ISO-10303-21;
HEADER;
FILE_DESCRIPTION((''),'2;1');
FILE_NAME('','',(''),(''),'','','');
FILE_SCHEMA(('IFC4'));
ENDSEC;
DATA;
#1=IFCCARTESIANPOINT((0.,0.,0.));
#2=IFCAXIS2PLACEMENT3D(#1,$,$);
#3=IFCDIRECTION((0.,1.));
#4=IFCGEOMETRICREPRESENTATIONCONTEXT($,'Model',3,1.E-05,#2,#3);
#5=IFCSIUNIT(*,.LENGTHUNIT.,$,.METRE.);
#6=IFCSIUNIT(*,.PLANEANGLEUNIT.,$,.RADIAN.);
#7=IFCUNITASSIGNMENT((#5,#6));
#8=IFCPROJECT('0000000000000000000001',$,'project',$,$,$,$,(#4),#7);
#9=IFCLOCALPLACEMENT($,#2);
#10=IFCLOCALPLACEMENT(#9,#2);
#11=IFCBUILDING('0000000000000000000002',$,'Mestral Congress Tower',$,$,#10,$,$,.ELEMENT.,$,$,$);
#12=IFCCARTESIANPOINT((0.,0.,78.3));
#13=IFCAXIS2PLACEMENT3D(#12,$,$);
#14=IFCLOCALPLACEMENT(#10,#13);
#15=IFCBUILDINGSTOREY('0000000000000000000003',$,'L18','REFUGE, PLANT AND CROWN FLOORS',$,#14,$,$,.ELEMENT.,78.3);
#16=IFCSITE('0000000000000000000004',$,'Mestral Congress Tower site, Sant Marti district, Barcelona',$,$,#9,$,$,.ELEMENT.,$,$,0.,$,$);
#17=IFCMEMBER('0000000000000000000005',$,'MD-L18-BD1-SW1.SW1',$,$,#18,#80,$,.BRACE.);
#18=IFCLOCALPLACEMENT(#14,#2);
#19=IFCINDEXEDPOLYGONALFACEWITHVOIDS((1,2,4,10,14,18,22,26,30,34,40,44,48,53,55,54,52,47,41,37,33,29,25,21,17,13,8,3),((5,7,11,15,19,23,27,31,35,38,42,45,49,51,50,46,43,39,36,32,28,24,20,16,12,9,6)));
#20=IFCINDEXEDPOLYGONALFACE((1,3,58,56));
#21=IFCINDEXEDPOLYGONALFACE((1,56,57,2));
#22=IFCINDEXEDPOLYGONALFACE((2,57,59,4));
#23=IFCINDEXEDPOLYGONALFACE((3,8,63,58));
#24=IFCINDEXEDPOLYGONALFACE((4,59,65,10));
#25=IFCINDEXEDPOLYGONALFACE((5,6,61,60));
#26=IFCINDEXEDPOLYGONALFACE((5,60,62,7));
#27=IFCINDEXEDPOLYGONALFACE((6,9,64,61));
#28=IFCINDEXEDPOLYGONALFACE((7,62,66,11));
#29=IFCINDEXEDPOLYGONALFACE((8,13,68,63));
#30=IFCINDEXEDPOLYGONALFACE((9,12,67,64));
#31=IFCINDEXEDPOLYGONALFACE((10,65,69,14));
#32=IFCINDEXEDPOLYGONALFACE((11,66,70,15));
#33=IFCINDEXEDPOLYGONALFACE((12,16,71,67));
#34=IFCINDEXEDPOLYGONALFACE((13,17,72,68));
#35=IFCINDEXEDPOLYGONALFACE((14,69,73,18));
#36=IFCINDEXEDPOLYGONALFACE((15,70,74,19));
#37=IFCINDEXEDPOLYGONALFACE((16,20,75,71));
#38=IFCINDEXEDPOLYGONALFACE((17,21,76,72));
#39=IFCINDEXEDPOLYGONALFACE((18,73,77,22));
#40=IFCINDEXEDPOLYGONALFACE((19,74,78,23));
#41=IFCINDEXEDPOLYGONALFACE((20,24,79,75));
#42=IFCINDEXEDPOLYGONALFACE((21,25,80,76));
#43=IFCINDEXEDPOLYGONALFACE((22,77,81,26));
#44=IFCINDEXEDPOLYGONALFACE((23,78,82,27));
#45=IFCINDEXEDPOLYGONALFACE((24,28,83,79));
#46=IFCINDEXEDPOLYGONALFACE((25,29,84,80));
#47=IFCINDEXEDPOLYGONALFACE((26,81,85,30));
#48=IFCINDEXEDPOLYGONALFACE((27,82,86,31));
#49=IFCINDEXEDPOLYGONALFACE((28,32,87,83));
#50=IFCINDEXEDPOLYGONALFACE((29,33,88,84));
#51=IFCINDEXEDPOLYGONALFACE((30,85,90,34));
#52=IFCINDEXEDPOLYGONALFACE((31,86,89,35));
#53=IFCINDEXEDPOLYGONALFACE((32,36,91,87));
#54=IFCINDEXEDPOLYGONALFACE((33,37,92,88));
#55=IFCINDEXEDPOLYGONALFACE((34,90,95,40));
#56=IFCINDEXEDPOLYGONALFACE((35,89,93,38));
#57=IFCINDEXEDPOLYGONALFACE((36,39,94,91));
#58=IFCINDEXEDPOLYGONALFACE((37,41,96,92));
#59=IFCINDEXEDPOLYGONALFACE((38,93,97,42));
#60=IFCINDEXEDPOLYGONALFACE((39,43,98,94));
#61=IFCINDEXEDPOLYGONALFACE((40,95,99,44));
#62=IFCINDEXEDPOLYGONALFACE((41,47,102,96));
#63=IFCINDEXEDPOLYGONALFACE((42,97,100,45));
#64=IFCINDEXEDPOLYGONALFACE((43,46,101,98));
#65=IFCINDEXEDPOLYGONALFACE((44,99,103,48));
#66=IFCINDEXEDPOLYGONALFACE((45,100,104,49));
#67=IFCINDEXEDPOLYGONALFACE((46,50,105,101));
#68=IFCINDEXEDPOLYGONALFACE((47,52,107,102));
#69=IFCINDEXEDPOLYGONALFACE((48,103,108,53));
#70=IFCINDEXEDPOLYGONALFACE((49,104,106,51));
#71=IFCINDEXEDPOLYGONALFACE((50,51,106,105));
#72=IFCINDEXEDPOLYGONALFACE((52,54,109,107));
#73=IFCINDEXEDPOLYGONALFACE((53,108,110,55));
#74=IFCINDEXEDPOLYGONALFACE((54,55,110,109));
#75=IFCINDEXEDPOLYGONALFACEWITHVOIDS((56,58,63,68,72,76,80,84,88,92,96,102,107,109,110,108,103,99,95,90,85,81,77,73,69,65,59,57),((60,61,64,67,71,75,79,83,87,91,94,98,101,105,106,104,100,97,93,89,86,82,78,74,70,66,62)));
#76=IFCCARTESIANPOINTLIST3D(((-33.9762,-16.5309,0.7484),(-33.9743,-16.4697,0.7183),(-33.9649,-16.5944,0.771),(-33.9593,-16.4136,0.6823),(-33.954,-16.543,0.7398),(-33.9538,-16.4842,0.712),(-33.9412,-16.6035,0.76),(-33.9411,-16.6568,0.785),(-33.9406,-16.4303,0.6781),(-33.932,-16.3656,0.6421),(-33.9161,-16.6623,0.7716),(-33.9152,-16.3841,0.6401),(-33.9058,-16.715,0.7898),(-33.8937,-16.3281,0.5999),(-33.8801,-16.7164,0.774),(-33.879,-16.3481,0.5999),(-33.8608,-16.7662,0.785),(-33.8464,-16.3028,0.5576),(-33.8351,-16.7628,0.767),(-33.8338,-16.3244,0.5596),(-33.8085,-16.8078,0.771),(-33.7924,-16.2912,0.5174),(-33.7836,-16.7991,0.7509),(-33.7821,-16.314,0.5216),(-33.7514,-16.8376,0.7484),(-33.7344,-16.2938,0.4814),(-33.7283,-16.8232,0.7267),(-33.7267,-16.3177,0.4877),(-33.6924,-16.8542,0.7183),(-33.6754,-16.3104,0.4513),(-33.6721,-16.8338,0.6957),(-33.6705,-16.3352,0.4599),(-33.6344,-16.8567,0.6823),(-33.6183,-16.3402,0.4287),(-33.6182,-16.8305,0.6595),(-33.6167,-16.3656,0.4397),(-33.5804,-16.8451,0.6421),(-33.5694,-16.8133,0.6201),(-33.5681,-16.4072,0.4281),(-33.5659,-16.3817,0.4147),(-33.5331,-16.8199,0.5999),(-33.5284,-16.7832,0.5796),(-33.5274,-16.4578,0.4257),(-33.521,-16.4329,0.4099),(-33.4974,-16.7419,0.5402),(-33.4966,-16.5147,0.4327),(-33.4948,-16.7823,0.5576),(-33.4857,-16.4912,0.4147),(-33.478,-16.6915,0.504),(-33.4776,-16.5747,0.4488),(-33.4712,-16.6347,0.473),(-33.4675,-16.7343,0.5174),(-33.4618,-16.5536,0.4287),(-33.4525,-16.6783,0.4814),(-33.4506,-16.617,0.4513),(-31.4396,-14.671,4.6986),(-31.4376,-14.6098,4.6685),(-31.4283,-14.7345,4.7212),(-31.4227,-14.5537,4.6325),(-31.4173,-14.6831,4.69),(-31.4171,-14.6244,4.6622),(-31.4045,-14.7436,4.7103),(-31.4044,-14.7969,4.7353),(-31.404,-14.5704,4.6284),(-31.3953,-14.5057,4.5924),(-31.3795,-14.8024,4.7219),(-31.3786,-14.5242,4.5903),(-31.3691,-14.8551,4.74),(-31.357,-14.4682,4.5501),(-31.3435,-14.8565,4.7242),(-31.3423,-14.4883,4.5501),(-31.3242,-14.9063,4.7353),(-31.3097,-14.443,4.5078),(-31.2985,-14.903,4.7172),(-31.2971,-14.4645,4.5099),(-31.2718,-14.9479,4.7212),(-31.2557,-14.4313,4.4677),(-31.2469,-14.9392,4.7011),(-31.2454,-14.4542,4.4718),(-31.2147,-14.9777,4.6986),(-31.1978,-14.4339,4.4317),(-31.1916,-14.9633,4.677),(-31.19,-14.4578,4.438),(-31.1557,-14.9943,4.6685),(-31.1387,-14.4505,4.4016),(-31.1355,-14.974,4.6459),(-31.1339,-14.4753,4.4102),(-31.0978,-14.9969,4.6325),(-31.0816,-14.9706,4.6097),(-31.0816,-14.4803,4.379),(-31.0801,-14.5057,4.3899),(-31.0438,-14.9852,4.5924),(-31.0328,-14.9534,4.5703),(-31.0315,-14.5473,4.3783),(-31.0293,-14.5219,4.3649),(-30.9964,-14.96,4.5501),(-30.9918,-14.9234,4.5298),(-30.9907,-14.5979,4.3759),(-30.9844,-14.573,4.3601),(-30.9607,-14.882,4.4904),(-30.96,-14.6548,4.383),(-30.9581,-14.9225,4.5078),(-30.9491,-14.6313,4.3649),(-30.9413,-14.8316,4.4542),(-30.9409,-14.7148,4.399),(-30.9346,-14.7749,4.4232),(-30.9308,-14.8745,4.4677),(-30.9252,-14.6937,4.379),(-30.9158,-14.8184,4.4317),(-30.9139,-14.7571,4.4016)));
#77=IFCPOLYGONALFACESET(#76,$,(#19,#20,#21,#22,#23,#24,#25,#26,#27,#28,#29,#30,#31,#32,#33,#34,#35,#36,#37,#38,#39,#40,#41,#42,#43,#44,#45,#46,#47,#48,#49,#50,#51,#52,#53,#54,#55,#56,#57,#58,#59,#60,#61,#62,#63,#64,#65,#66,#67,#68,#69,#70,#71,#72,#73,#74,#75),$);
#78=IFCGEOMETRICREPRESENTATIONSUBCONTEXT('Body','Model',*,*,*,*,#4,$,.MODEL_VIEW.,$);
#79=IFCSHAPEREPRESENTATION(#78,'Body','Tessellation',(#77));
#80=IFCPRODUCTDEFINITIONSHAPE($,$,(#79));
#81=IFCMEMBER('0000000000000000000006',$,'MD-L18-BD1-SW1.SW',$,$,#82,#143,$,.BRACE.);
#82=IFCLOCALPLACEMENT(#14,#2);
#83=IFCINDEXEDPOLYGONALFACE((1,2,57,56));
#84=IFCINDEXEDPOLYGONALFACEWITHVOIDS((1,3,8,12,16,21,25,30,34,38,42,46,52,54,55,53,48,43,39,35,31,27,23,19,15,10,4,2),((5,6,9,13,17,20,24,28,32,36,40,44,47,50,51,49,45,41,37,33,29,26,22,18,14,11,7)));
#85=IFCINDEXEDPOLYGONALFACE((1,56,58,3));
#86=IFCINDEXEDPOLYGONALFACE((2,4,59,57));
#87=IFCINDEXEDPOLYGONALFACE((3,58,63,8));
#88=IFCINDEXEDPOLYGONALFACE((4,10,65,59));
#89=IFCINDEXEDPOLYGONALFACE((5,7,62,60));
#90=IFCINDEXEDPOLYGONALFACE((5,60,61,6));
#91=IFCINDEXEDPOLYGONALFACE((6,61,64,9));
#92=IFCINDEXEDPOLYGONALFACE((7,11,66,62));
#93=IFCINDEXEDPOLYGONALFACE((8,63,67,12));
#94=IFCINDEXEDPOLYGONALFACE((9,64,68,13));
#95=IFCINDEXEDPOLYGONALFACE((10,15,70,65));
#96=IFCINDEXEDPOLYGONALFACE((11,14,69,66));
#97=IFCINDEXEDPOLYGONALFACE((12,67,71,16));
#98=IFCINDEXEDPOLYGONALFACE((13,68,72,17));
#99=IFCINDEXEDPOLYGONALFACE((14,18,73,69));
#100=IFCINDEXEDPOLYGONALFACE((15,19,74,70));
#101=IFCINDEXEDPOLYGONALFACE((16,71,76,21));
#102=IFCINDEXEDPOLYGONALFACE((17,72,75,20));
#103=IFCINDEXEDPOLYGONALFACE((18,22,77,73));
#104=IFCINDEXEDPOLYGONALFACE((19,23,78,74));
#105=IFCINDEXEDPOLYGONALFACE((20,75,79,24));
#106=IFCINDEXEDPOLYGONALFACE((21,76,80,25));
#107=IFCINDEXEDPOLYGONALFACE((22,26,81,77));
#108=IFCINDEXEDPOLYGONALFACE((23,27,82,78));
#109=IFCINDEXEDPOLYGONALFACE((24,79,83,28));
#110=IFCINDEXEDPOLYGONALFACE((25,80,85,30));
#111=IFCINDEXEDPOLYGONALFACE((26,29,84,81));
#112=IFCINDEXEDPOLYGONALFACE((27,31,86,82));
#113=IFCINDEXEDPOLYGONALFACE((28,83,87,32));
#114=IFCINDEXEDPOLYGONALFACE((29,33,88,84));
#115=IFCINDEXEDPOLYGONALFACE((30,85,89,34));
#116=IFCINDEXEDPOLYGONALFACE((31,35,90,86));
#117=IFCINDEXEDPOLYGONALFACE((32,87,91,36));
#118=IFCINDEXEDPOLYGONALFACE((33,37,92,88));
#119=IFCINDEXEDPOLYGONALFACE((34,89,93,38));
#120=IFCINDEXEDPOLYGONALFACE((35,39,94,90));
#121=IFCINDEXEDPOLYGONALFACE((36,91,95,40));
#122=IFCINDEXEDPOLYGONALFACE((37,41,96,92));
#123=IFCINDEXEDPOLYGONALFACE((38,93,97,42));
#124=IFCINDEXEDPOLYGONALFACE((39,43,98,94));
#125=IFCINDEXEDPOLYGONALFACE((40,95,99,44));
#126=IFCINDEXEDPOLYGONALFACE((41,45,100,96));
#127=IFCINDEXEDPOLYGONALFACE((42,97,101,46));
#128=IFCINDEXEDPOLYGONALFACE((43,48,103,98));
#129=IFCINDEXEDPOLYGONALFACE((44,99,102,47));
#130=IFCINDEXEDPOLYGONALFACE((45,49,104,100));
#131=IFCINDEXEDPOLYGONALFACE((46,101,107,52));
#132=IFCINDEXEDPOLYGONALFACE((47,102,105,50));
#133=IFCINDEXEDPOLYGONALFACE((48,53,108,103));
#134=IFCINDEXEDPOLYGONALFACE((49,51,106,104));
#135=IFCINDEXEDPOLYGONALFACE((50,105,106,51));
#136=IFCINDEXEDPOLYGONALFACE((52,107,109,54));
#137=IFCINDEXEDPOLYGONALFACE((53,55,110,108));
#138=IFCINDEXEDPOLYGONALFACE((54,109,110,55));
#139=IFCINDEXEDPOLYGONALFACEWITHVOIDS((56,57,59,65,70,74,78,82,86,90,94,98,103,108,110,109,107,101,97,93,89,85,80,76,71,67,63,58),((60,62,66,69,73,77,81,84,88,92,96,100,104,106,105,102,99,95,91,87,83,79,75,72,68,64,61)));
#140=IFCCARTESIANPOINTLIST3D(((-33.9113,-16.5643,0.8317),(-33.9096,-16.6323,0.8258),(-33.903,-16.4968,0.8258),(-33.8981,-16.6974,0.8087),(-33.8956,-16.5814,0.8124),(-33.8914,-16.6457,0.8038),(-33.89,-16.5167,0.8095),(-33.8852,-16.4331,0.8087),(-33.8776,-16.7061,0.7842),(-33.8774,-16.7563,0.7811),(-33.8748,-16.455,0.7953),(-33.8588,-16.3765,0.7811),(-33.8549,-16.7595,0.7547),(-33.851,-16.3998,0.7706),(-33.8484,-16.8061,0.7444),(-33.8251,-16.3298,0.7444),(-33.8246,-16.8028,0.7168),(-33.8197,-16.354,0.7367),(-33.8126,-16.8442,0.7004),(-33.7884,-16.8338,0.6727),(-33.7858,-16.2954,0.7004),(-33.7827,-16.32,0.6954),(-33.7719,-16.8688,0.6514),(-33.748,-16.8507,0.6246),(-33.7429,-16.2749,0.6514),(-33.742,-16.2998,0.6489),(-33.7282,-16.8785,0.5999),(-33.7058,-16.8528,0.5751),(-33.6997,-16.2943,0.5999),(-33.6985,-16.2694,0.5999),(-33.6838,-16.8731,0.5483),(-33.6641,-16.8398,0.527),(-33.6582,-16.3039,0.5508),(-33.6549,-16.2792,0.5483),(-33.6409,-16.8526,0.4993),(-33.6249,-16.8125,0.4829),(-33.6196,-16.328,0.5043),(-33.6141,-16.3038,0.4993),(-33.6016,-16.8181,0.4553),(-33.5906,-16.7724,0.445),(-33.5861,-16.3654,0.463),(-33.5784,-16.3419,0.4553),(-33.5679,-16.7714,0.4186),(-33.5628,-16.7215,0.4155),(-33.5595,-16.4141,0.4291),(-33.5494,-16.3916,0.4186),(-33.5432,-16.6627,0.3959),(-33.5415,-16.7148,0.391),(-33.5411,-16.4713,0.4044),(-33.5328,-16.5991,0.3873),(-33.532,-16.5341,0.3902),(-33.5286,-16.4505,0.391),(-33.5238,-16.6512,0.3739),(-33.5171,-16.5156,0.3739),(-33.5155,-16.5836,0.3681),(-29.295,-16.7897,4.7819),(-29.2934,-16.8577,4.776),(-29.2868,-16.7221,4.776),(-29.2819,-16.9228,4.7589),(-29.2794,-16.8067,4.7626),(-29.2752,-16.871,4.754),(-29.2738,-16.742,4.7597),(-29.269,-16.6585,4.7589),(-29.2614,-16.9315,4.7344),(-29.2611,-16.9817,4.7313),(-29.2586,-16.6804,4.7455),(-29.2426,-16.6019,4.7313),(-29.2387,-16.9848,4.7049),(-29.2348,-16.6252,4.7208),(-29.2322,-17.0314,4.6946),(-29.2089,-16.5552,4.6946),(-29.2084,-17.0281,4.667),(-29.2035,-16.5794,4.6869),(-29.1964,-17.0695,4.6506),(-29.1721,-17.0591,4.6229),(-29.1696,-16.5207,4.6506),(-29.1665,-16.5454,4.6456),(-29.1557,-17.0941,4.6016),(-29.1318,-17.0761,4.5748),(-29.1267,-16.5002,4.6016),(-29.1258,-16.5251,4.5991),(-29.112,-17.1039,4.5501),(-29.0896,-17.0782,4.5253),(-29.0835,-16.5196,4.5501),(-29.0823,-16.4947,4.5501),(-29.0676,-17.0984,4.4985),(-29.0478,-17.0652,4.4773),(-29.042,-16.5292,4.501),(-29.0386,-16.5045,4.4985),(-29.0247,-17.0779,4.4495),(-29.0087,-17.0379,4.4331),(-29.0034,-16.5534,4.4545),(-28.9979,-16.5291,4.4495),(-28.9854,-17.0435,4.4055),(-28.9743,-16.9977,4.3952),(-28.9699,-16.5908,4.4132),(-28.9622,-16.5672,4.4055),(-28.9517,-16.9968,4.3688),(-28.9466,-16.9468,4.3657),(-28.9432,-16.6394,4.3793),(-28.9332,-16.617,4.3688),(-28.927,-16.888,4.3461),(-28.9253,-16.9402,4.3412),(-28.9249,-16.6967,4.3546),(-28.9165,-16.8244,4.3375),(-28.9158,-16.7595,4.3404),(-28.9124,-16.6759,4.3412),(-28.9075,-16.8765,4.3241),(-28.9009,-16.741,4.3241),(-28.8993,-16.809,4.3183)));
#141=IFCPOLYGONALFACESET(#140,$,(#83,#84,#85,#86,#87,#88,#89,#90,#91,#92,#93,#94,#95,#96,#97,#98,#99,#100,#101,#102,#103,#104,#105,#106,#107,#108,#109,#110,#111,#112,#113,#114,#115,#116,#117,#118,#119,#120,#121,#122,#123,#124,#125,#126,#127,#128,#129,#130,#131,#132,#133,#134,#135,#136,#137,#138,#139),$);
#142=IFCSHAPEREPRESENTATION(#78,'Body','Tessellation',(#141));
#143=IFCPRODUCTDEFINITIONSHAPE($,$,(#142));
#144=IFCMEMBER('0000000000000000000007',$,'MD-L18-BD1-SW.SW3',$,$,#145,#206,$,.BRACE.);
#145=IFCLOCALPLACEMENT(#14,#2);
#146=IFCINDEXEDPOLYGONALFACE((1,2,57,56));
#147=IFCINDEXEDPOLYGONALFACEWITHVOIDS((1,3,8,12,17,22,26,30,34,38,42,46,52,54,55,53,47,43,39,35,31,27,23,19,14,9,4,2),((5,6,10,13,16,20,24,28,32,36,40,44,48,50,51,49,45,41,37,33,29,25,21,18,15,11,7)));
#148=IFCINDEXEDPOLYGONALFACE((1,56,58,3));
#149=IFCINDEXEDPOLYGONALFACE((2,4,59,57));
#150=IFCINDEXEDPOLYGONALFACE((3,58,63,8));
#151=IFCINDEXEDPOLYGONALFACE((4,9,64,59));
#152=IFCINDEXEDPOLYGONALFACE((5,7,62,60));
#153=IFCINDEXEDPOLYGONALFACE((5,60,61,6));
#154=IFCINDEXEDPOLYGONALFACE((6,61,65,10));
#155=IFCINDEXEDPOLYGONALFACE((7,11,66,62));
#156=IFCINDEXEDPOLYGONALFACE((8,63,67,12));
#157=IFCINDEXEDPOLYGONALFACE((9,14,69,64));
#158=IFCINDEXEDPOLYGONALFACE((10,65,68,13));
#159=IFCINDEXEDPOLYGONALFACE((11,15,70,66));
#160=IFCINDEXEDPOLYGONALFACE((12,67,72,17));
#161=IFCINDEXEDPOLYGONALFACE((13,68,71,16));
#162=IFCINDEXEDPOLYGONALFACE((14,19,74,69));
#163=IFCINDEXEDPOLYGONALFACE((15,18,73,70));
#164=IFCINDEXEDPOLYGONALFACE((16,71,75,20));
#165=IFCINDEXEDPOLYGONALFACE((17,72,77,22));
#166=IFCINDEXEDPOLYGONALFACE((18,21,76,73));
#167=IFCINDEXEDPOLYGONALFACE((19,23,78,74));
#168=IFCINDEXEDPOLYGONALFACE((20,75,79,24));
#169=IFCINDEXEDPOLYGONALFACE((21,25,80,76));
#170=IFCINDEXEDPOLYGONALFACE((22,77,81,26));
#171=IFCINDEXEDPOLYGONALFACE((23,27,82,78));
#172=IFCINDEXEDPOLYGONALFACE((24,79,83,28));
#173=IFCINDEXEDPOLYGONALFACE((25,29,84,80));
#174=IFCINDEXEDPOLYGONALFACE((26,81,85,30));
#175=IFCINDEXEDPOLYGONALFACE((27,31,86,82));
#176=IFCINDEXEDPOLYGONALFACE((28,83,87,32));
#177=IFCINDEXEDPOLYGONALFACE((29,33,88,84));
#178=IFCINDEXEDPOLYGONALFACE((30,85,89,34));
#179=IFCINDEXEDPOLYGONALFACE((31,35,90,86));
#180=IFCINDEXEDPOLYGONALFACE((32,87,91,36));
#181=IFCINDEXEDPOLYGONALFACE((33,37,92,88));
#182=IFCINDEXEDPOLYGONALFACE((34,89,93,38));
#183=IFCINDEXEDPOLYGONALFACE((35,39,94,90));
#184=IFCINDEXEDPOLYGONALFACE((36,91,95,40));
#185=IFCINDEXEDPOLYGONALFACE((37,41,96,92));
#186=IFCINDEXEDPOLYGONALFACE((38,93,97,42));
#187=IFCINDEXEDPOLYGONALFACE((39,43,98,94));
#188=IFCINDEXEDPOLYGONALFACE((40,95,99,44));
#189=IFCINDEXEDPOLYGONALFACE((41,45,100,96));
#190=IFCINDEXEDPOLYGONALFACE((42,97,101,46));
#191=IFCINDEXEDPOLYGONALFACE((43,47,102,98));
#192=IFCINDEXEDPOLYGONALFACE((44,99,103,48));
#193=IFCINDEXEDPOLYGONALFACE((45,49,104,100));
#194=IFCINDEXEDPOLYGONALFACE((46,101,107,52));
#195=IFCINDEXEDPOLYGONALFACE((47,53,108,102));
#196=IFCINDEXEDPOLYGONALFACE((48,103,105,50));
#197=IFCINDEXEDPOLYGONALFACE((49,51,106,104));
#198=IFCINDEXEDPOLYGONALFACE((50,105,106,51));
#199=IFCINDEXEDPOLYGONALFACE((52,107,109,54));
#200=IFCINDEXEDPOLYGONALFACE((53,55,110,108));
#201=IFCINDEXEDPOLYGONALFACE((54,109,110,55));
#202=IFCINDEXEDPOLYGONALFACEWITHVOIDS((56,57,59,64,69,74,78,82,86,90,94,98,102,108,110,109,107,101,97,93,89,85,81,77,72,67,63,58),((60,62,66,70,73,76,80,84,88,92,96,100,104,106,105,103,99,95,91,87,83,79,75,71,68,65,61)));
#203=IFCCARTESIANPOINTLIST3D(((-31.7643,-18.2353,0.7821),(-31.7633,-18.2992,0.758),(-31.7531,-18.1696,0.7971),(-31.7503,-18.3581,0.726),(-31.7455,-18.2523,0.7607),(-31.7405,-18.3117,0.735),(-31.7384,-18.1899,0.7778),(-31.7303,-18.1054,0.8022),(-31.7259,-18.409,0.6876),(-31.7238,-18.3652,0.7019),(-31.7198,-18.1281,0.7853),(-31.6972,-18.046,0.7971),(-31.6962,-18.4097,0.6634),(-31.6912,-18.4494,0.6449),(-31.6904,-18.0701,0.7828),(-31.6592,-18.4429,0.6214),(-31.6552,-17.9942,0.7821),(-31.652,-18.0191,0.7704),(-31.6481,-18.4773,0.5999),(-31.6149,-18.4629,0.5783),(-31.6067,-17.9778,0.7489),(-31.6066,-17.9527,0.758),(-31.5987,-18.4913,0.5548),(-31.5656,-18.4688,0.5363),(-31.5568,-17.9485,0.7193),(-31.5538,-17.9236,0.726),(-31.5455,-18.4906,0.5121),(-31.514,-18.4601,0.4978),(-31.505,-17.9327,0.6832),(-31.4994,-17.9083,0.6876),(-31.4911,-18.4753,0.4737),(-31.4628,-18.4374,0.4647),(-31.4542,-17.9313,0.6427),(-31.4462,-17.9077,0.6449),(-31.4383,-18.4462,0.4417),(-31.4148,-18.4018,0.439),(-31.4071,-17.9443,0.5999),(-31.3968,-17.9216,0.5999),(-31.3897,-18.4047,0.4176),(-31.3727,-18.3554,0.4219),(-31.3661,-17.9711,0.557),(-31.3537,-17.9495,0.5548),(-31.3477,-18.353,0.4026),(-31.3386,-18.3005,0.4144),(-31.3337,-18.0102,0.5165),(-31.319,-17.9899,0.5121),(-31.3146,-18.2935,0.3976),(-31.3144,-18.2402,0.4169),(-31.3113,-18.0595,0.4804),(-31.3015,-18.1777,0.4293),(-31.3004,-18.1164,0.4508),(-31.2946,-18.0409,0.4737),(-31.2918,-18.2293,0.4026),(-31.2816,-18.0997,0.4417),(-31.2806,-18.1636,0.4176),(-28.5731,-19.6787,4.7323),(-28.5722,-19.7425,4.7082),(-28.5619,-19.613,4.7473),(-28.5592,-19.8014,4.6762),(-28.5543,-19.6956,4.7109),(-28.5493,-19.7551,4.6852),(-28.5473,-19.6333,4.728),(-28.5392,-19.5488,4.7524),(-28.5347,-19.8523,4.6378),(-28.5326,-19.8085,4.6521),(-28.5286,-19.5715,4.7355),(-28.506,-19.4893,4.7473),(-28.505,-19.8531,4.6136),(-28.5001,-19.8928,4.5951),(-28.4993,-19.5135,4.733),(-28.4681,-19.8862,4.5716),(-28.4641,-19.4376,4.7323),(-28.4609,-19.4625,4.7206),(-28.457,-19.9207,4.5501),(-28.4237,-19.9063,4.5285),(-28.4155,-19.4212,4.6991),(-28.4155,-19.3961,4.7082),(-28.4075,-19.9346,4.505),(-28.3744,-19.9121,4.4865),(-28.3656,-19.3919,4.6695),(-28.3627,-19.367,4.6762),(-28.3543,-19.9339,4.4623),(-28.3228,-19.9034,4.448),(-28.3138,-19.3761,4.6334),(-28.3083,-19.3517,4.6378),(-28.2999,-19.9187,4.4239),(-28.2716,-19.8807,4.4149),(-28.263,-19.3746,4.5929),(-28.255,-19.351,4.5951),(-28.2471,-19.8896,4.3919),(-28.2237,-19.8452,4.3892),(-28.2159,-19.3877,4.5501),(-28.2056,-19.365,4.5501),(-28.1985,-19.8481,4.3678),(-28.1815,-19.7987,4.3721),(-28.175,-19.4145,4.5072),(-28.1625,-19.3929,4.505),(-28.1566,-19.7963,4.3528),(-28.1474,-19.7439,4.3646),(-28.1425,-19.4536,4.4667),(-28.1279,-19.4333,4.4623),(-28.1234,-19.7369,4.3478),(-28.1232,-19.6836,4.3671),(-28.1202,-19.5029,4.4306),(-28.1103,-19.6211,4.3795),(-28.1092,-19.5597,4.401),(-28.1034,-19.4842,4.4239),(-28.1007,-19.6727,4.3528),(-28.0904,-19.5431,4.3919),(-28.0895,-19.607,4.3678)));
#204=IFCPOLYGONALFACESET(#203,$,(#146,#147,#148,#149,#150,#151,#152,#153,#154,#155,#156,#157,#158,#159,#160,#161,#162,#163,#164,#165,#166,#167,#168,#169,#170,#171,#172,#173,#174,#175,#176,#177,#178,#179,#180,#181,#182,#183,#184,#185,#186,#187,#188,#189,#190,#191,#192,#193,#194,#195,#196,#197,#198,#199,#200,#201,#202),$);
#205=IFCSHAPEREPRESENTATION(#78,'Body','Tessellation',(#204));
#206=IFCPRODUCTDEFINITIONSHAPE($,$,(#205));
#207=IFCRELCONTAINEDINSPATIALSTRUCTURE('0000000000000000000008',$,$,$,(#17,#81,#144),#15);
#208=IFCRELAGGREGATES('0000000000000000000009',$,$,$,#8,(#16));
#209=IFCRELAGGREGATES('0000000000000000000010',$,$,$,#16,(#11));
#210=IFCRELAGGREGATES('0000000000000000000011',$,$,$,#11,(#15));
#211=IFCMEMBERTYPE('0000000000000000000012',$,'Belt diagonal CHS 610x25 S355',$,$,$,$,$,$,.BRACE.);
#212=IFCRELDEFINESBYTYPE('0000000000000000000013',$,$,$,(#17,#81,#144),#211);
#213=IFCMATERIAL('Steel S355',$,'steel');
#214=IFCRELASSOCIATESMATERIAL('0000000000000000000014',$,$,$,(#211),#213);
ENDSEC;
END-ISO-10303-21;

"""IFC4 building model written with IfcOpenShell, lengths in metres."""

from ifc_helpers import new_model, si_unit, direction, frame, origin, origin_2d, place, context, subcontext, project, spatial, hollow_circle, extrude, material, material_profile, profile_set, type_object, element, save


model = new_model("IFC4")

# Units and contexts
model_context = context("Model", 3, precision=1e-05, world=origin(), true_north=direction((0.0, 1.0)))
body_context = subcontext(model_context, "Body", "Model", "MODEL_VIEW")
ifc_project = project(units=[si_unit("LENGTHUNIT", "METRE"), si_unit("PLANEANGLEUNIT", "RADIAN")], contexts=[model_context])

# Site, building, storey
site_placement = place(None, origin())
site = spatial("IfcSite", under=ifc_project, at=site_placement, Name="Mestral Congress Tower site, Sant Marti district, Barcelona", CompositionType="ELEMENT", RefElevation=0.0)
building_placement = place(site_placement, origin())
building = spatial("IfcBuilding", under=site, at=building_placement, Name="Mestral Congress Tower", CompositionType="ELEMENT")
storey_placement = place(building_placement, frame((0.0, 0.0, 78.3)))
storey = spatial("IfcBuildingStorey", under=building, at=storey_placement, Name="L18", Description="REFUGE, PLANT AND CROWN FLOORS", CompositionType="ELEMENT", Elevation=78.3)

# Members
ifc_material_1 = material(Name="Steel S355", Category="steel")
ifc_material_profile_1 = material_profile(ifc_material_1, hollow_circle(Radius=0.3049, WallThickness=0.0249, at=origin_2d()), Name="CHS 610x25")
ifc_profile_set_1 = profile_set([ifc_material_profile_1], Name="Steel S355")
member_type_1 = type_object("IfcMemberType", Name="Belt diagonal CHS 610x25 S355", PredefinedType="BRACE", material=ifc_profile_set_1)
member_1_placement = place(storey_placement, frame((-33.7134, -16.574, 0.5999), z_axis=(0.50235, 0.368325, 0.782292), x_axis=(-0.591296, 0.806454, 0.0)))
element("IfcMember", 1, at=member_1_placement, inside=storey, type_object=member_type_1, Name="MD-L18-BD1-SW1.SW1", PredefinedType="BRACE", context=body_context, shape_type="SweptSolid", body=[
    extrude(hollow_circle(Radius=0.3049, WallThickness=0.0249, at=origin_2d()), origin(), (0.0, 0.0, 1.0), 5.0496),
])
member_2_placement = place(storey_placement, frame((-33.7134, -16.574, 0.5999), z_axis=(0.759268, -0.037064, 0.649722), x_axis=(0.048757, 0.998811, 0.0)))
element("IfcMember", 2, at=member_2_placement, inside=storey, type_object=member_type_1, Name="MD-L18-BD1-SW1.SW", PredefinedType="BRACE", context=body_context, shape_type="SweptSolid", body=[
    extrude(hollow_circle(Radius=0.3049, WallThickness=0.0249, at=origin_2d()), origin(), (0.0, 0.0, 1.0), 6.0798),
])
member_3_placement = place(storey_placement, frame((-31.5225, -18.1995, 0.5999), z_axis=(0.604469, -0.273401, 0.748244), x_axis=(0.412106, 0.911136, 0.0)))
element("IfcMember", 3, at=member_3_placement, inside=storey, type_object=member_type_1, Name="MD-L18-BD1-SW.SW3", PredefinedType="BRACE", context=body_context, shape_type="SweptSolid", body=[
    extrude(hollow_circle(Radius=0.3049, WallThickness=0.0249, at=origin_2d()), origin(), (0.0, 0.0, 1.0), 5.2793),
])

save(model, "model.ifc")
